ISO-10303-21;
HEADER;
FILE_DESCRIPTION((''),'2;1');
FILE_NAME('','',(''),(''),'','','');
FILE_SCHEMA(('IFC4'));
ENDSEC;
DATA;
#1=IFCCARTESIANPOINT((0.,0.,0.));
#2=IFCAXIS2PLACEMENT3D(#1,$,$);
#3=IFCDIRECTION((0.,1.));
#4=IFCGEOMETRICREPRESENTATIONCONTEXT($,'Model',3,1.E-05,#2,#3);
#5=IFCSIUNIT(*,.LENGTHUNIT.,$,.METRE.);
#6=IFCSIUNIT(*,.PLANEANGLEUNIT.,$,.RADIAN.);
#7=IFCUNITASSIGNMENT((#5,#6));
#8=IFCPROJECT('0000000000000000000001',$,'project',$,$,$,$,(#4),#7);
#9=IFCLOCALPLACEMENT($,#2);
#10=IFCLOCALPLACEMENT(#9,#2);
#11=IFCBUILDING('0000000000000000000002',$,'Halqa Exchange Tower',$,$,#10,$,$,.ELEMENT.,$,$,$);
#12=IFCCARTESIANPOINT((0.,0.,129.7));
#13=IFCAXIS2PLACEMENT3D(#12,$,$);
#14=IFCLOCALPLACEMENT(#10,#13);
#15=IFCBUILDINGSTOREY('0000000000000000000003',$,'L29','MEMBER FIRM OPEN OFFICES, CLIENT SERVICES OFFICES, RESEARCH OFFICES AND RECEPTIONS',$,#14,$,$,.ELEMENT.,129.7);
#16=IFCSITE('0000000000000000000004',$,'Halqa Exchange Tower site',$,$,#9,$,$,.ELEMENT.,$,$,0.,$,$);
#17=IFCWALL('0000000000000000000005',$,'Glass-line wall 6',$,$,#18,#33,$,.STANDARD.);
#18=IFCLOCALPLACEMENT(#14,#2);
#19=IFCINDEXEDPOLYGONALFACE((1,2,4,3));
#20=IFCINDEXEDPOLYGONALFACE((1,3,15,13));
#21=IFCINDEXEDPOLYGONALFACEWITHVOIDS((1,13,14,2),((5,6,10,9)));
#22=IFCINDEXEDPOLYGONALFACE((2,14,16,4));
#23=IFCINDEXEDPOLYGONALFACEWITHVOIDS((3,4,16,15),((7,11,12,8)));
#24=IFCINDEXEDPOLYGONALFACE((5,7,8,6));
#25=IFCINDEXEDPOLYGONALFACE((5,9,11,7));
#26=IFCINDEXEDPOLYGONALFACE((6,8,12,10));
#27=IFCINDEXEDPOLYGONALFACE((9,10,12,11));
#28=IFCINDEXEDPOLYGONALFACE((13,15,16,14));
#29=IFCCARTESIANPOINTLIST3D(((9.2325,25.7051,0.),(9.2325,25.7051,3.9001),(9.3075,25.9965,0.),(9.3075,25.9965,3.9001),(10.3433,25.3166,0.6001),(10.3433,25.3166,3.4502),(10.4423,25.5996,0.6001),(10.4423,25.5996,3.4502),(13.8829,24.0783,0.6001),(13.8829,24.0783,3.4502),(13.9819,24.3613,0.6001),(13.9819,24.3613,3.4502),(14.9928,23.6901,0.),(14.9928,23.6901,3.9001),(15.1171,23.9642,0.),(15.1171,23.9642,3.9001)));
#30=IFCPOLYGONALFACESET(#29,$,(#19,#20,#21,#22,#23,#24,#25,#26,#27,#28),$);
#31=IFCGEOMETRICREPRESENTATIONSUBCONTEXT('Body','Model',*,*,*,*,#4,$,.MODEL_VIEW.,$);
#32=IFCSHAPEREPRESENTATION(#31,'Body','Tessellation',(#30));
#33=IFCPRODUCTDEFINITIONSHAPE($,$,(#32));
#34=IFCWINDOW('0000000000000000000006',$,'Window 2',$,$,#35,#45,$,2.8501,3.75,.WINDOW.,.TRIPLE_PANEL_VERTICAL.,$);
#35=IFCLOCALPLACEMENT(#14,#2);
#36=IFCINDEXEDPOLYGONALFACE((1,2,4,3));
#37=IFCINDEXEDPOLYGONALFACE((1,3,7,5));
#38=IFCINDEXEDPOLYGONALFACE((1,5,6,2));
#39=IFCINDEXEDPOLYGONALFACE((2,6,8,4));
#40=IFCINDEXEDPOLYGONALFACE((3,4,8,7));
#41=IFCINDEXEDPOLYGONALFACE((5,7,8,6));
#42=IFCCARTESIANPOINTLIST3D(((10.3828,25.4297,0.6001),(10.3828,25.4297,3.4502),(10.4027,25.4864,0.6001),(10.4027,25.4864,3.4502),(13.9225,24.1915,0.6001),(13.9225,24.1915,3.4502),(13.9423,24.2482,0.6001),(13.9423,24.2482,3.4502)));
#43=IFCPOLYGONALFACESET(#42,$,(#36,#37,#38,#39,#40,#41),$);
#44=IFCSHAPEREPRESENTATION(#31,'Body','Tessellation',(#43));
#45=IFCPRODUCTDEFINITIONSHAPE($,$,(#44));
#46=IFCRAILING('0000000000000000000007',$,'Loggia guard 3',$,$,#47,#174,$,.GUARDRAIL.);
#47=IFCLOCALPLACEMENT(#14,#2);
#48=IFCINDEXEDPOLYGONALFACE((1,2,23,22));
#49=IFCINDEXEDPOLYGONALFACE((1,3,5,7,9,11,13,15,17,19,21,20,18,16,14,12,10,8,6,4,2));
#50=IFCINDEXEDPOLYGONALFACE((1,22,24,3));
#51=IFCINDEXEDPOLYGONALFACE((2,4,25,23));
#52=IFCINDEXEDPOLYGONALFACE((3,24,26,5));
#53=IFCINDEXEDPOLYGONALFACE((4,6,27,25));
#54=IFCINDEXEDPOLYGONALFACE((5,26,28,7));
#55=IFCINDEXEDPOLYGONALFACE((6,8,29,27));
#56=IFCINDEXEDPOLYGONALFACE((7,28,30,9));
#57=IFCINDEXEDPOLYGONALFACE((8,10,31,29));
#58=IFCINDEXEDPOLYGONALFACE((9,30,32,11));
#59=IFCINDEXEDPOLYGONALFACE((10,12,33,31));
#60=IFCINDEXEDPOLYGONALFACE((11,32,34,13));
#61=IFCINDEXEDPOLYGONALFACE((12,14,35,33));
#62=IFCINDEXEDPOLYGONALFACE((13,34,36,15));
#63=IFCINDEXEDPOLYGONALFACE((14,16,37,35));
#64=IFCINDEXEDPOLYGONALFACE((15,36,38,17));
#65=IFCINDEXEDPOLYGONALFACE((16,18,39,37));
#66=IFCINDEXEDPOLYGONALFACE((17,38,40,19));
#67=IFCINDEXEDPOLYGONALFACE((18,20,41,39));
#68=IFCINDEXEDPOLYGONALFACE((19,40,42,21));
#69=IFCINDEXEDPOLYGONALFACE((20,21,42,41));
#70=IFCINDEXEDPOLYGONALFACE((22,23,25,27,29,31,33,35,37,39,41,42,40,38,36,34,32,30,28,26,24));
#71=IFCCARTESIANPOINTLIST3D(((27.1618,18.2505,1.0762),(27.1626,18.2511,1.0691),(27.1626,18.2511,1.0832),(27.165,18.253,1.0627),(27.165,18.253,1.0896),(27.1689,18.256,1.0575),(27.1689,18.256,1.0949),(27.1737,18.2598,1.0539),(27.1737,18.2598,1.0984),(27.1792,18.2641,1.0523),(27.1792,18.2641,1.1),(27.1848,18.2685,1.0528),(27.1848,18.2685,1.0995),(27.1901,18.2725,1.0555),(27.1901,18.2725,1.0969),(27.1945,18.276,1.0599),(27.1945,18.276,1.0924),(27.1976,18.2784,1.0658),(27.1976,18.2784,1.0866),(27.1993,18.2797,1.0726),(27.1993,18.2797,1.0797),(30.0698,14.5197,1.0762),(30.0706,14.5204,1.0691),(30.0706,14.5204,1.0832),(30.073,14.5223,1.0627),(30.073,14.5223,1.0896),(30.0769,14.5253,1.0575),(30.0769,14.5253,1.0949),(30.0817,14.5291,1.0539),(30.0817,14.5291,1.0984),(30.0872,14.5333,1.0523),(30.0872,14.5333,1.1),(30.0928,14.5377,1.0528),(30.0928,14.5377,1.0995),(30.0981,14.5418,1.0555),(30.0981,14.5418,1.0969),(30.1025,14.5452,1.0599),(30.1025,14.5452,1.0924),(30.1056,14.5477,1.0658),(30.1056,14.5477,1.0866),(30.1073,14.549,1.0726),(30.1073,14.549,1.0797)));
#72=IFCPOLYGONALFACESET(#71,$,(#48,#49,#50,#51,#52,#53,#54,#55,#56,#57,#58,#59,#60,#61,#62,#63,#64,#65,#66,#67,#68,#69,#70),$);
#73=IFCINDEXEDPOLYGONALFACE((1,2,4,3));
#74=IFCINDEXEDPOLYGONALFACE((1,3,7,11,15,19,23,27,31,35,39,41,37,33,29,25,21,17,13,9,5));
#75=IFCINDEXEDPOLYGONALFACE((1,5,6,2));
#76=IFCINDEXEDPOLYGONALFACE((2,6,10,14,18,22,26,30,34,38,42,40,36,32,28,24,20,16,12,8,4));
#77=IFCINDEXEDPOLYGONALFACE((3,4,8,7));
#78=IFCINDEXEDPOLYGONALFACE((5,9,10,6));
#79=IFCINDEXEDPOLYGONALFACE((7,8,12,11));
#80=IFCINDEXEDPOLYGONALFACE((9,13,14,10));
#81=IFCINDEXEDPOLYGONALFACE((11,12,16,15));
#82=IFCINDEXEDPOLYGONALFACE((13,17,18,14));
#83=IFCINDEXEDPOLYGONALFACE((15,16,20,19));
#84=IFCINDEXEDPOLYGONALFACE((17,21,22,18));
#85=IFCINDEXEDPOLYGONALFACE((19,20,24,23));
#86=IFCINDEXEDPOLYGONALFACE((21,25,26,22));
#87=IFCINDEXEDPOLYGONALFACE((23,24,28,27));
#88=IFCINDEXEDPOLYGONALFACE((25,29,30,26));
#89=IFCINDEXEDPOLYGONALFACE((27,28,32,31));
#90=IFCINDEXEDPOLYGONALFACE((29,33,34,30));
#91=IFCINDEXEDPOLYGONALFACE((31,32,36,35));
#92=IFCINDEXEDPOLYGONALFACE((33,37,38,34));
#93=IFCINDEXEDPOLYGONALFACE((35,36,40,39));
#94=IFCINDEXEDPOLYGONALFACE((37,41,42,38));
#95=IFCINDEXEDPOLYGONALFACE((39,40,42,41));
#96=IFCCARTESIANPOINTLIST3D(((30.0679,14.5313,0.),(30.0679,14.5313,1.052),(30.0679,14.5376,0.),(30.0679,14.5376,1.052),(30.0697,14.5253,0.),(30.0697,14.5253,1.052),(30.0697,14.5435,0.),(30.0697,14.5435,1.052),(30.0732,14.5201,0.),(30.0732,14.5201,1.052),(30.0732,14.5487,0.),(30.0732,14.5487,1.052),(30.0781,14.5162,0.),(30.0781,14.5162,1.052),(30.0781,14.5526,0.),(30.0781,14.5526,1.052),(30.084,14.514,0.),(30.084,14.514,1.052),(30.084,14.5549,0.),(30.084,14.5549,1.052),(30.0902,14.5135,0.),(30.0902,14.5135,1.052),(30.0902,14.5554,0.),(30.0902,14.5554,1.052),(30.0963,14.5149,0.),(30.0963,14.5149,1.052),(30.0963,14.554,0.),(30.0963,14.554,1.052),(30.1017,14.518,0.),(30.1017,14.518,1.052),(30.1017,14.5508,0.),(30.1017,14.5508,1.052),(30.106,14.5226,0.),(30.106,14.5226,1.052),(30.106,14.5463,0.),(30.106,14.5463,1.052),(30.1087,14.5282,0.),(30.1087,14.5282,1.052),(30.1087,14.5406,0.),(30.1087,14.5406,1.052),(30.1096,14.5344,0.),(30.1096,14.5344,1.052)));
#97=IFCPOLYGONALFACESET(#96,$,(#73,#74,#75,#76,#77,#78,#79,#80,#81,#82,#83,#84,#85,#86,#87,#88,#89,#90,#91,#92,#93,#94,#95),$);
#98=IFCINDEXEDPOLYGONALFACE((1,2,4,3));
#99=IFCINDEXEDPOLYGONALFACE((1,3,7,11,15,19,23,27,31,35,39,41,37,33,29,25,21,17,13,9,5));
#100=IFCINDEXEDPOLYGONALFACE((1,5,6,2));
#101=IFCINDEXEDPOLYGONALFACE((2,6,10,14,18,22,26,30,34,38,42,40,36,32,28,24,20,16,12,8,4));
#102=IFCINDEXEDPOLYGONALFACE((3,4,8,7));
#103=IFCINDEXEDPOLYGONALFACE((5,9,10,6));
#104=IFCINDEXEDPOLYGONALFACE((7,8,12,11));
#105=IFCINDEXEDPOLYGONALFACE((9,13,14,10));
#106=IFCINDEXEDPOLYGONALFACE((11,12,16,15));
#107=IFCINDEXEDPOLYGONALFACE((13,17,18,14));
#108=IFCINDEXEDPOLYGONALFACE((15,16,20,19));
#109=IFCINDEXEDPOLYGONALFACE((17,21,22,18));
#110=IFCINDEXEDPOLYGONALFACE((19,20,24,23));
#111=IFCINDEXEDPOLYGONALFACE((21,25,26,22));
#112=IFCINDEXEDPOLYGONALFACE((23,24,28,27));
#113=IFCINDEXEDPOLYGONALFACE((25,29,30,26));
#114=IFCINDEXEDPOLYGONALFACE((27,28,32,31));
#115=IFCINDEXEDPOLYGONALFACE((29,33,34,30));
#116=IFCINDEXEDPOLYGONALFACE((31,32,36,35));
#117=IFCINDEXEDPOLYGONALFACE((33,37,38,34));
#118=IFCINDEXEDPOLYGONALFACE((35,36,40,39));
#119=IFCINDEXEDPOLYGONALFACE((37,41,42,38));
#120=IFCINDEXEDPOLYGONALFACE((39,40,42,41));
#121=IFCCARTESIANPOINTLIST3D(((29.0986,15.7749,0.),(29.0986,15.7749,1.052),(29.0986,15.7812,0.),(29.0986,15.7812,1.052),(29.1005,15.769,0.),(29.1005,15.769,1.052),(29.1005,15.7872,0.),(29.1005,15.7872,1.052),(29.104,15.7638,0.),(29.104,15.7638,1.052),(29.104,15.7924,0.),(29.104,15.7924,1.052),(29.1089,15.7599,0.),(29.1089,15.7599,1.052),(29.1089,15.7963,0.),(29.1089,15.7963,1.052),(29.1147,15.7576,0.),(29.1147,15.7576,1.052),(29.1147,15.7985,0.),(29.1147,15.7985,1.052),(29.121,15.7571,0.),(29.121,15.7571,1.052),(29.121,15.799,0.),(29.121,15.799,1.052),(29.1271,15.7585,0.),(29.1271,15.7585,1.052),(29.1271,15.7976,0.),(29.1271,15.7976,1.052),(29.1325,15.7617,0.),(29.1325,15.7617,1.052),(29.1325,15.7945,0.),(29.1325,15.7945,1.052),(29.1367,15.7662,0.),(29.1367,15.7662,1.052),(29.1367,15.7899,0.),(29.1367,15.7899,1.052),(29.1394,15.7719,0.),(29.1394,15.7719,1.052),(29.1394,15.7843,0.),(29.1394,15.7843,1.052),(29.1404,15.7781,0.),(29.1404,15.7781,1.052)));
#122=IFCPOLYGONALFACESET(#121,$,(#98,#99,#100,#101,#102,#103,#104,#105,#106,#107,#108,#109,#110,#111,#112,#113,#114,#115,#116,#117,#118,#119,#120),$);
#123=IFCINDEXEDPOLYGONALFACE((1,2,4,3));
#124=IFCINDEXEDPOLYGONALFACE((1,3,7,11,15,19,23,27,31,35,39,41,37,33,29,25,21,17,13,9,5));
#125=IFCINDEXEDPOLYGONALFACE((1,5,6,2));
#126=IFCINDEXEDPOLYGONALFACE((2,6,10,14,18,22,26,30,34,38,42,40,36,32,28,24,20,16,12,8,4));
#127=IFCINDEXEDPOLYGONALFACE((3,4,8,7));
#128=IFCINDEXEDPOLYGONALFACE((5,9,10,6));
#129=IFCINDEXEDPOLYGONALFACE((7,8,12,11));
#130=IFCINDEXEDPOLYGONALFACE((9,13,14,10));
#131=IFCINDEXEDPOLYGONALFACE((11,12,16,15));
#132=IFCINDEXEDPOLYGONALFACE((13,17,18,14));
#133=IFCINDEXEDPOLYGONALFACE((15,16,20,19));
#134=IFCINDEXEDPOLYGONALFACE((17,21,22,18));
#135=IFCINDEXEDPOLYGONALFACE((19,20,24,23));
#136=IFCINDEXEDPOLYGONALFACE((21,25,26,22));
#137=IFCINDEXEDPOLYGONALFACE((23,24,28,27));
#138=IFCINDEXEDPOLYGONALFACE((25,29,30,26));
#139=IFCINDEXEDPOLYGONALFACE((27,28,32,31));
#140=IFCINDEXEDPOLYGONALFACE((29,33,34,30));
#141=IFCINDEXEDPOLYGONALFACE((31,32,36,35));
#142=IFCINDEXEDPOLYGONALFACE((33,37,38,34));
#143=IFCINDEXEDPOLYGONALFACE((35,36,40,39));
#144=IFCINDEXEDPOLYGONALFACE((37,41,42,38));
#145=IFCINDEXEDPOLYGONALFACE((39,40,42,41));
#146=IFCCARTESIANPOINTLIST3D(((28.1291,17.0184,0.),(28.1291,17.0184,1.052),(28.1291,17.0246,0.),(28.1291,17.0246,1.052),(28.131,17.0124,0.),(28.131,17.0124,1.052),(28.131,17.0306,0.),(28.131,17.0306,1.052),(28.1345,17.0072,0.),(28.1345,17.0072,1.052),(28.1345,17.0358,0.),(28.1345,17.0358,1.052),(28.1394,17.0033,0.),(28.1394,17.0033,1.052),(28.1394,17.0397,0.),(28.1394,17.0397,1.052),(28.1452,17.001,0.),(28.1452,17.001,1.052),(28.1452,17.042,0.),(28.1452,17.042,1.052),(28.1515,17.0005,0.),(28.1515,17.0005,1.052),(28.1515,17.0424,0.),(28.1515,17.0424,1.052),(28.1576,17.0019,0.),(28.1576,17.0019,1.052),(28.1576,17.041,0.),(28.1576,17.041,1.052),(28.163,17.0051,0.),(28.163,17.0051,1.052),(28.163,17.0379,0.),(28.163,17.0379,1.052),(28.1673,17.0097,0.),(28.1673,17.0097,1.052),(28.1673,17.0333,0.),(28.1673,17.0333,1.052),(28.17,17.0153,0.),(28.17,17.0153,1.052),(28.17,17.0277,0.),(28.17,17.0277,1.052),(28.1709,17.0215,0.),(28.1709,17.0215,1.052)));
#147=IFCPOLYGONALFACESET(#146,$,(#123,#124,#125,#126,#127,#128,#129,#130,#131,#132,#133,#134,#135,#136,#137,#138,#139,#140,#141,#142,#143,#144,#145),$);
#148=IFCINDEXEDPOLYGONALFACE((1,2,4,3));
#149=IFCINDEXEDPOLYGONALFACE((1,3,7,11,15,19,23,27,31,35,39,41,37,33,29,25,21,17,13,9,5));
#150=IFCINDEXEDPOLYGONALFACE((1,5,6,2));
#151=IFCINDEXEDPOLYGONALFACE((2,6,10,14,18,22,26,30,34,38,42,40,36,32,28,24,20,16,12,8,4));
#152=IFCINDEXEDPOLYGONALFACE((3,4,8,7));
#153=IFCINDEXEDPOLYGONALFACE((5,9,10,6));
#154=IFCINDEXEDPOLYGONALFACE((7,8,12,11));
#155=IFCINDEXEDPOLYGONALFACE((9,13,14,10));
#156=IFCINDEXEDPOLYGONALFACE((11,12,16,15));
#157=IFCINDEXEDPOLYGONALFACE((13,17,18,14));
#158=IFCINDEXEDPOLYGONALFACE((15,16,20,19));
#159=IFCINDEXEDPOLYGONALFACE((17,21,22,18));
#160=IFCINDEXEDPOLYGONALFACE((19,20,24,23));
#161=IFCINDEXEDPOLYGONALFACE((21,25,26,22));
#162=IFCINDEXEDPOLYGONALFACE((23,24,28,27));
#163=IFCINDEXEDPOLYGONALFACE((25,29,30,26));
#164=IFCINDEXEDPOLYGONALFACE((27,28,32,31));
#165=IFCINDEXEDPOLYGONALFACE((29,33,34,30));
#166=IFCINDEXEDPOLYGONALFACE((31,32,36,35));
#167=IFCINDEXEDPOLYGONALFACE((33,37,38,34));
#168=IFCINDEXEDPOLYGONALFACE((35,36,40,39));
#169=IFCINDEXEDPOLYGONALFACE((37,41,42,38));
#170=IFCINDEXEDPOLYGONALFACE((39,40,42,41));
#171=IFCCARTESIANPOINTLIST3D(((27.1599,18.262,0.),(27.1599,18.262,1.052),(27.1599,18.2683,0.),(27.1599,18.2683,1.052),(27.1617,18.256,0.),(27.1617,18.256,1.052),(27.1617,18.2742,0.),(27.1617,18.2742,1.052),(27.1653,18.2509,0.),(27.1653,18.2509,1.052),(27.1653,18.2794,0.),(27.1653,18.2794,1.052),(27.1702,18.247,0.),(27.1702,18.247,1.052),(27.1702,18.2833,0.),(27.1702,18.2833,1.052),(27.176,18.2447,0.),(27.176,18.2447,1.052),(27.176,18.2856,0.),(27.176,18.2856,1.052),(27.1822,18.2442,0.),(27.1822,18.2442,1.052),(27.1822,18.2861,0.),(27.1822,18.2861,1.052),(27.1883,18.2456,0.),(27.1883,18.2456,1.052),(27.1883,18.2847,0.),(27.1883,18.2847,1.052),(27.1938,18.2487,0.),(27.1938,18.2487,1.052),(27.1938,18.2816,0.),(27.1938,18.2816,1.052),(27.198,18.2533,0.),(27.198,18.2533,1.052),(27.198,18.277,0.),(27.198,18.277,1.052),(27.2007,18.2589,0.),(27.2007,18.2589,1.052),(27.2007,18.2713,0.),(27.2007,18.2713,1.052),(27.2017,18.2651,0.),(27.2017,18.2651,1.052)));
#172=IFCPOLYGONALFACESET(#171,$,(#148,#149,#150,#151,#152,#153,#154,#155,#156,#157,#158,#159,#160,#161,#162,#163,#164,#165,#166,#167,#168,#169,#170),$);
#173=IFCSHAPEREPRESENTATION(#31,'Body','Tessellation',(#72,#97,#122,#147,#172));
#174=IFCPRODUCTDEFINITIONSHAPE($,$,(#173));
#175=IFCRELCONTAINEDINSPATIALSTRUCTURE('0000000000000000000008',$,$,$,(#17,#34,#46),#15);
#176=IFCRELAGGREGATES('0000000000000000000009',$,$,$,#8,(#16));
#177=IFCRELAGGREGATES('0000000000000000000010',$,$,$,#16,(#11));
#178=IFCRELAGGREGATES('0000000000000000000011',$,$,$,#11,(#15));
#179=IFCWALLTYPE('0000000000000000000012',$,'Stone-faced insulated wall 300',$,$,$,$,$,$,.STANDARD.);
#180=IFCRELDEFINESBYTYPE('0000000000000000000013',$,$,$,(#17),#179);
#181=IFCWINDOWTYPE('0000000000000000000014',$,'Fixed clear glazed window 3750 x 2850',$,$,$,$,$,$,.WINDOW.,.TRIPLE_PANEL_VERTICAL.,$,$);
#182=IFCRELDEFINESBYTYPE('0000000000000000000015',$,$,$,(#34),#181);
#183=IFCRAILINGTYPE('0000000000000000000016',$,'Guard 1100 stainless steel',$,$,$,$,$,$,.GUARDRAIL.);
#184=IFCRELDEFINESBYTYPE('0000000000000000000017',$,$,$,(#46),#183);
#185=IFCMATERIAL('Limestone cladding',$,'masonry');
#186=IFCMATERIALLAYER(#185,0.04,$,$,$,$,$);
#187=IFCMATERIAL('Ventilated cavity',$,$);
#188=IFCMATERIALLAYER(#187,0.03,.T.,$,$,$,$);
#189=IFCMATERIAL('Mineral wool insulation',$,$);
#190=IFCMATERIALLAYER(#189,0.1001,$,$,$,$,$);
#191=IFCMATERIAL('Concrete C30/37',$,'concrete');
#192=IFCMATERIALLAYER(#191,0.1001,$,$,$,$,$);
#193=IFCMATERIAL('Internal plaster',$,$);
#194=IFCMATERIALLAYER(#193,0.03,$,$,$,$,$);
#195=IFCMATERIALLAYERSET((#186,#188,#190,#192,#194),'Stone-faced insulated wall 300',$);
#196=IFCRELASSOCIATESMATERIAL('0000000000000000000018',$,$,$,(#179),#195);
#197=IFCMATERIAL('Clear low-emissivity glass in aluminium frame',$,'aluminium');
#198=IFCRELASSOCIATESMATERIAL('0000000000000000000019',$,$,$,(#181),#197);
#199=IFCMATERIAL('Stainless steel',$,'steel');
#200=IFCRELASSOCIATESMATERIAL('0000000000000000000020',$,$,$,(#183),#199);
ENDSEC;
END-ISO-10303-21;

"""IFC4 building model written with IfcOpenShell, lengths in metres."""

from ifc_helpers import new_model, si_unit, direction, frame, frame_2d, origin, origin_2d, place, context, subcontext, project, spatial, polyline, rectangle, circle, outline, extrude, material, layer, layer_set, type_object, element, fill, save


model = new_model("IFC4")

# Units and contexts
model_context = context("Model", 3, precision=1e-05, world=origin(), true_north=direction((0.0, 1.0)))
body_context = subcontext(model_context, "Body", "Model", "MODEL_VIEW")
ifc_project = project(units=[si_unit("LENGTHUNIT", "METRE"), si_unit("PLANEANGLEUNIT", "RADIAN")], contexts=[model_context])

# Site, building, storey
site_placement = place(None, origin())
site = spatial("IfcSite", under=ifc_project, at=site_placement, Name="Halqa Exchange Tower site", CompositionType="ELEMENT", RefElevation=0.0)
building_placement = place(site_placement, origin())
building = spatial("IfcBuilding", under=site, at=building_placement, Name="Halqa Exchange Tower", CompositionType="ELEMENT")
storey_placement = place(building_placement, frame((0.0, 0.0, 129.7)))
storey = spatial("IfcBuildingStorey", under=building, at=storey_placement, Name="L29", Description="MEMBER FIRM OPEN OFFICES, CLIENT SERVICES OFFICES, RESEARCH OFFICES AND RECEPTIONS", CompositionType="ELEMENT", Elevation=129.7)

# Shared definitions
ifc_material_1 = material(Name="Limestone cladding", Category="masonry")
ifc_layer_1 = layer(ifc_material_1, 0.04)
ifc_material_2 = material(Name="Ventilated cavity")
ifc_layer_2 = layer(ifc_material_2, 0.03, ventilated=True)
ifc_material_3 = material(Name="Mineral wool insulation")
ifc_layer_3 = layer(ifc_material_3, 0.1001)
ifc_material_4 = material(Name="Concrete C30/37", Category="concrete")
ifc_layer_4 = layer(ifc_material_4, 0.1001)
ifc_material_5 = material(Name="Internal plaster")
ifc_layer_5 = layer(ifc_material_5, 0.03)
ifc_layer_set_1 = layer_set([ifc_layer_1, ifc_layer_2, ifc_layer_3, ifc_layer_4, ifc_layer_5], Name="Stone-faced insulated wall 300")
wall_type_1 = type_object("IfcWallType", Name="Stone-faced insulated wall 300", PredefinedType="STANDARD", material=ifc_layer_set_1)
ifc_material_6 = material(Name="Clear low-emissivity glass in aluminium frame", Category="aluminium")

# Wall, opening, window
window_type = type_object("IfcWindowType", Name="Fixed clear glazed window 3750 x 2850", PartitioningType="TRIPLE_PANEL_VERTICAL", PredefinedType="WINDOW", material=ifc_material_6)
wall_1_placement = place(storey_placement, frame((15.0549, 23.8271, 0.0), z_axis=(0.0, 0.0, 1.0), x_axis=(-0.943911, 0.3302, 0.0)))
wall_1 = element("IfcWall", 1, at=wall_1_placement, inside=storey, type_object=wall_type_1, Name="Glass-line wall 6", PredefinedType="STANDARD", context=body_context, shape_type="SweptSolid", body=[
    extrude(outline(polyline([(-0.0134, -0.1499), (6.1414, -0.1499), (6.116, 0.1499), (0.0134, 0.1499), (-0.0134, -0.1499)])), origin(), (0.0, 0.0, 1.0), 3.9001),
])
opening_1_placement = place(wall_1_placement, frame((1.1892, 0.0, 0.6001)))
opening_1 = element("IfcOpeningElement", 2, at=opening_1_placement, cuts=wall_1, PredefinedType="OPENING", context=body_context, shape_type="SweptSolid", body=[
    extrude(rectangle(XDim=3.75, YDim=2.8501, at=frame_2d((1.875, 1.425))), frame((0.0, 0.1621, 0.0), z_axis=(0.0, -1.0, 0.0), x_axis=(1.0, 0.0, 0.0)), (0.0, 0.0, 1.0), 0.324),
])
window_1_placement = place(opening_1_placement, origin())
window_1 = element("IfcWindow", 3, at=window_1_placement, inside=storey, type_object=window_type, Name="Window 2", OverallHeight=2.8501, OverallWidth=3.75, PartitioningType="TRIPLE_PANEL_VERTICAL", PredefinedType="WINDOW", context=body_context, shape_type="SweptSolid", body=[
    extrude(rectangle(XDim=3.75, YDim=2.8501, at=frame_2d((1.875, 1.425))), frame((0.0, 0.03, 0.0), z_axis=(0.0, -1.0, 0.0), x_axis=(1.0, 0.0, 0.0)), (0.0, 0.0, 1.0), 0.0601),
])
fill(opening_1, window_1)

# Railing
ifc_material_7 = material(Name="Stainless steel", Category="steel")
railing_type = type_object("IfcRailingType", Name="Guard 1100 stainless steel", PredefinedType="GUARDRAIL", material=ifc_material_7)
railing_1_placement = place(storey_placement, frame((30.0886, 14.5344, 0.0)))
element("IfcRailing", 4, at=railing_1_placement, inside=storey, type_object=railing_type, Name="Loggia guard 3", PredefinedType="GUARDRAIL", context=body_context, shape_type="SweptSolid", body=[
    extrude(circle(Radius=0.0239, at=origin_2d()), frame((0.0, 0.0, 1.0762), z_axis=(-0.614769, 0.788707, 0.0), x_axis=(-0.788707, -0.614769, 0.0)), (0.0, 0.0, 1.0), 4.7302),
    extrude(circle(Radius=0.021, at=origin_2d()), origin(), (0.0, 0.0, 1.0), 1.052),
    extrude(circle(Radius=0.021, at=origin_2d()), frame((-0.9692, 1.2437, 0.0)), (0.0, 0.0, 1.0), 1.052),
    extrude(circle(Radius=0.021, at=origin_2d()), frame((-1.9387, 2.4871, 0.0)), (0.0, 0.0, 1.0), 1.052),
    extrude(circle(Radius=0.021, at=origin_2d()), frame((-2.908, 3.7307, 0.0)), (0.0, 0.0, 1.0), 1.052),
])

save(model, "model.ifc")
